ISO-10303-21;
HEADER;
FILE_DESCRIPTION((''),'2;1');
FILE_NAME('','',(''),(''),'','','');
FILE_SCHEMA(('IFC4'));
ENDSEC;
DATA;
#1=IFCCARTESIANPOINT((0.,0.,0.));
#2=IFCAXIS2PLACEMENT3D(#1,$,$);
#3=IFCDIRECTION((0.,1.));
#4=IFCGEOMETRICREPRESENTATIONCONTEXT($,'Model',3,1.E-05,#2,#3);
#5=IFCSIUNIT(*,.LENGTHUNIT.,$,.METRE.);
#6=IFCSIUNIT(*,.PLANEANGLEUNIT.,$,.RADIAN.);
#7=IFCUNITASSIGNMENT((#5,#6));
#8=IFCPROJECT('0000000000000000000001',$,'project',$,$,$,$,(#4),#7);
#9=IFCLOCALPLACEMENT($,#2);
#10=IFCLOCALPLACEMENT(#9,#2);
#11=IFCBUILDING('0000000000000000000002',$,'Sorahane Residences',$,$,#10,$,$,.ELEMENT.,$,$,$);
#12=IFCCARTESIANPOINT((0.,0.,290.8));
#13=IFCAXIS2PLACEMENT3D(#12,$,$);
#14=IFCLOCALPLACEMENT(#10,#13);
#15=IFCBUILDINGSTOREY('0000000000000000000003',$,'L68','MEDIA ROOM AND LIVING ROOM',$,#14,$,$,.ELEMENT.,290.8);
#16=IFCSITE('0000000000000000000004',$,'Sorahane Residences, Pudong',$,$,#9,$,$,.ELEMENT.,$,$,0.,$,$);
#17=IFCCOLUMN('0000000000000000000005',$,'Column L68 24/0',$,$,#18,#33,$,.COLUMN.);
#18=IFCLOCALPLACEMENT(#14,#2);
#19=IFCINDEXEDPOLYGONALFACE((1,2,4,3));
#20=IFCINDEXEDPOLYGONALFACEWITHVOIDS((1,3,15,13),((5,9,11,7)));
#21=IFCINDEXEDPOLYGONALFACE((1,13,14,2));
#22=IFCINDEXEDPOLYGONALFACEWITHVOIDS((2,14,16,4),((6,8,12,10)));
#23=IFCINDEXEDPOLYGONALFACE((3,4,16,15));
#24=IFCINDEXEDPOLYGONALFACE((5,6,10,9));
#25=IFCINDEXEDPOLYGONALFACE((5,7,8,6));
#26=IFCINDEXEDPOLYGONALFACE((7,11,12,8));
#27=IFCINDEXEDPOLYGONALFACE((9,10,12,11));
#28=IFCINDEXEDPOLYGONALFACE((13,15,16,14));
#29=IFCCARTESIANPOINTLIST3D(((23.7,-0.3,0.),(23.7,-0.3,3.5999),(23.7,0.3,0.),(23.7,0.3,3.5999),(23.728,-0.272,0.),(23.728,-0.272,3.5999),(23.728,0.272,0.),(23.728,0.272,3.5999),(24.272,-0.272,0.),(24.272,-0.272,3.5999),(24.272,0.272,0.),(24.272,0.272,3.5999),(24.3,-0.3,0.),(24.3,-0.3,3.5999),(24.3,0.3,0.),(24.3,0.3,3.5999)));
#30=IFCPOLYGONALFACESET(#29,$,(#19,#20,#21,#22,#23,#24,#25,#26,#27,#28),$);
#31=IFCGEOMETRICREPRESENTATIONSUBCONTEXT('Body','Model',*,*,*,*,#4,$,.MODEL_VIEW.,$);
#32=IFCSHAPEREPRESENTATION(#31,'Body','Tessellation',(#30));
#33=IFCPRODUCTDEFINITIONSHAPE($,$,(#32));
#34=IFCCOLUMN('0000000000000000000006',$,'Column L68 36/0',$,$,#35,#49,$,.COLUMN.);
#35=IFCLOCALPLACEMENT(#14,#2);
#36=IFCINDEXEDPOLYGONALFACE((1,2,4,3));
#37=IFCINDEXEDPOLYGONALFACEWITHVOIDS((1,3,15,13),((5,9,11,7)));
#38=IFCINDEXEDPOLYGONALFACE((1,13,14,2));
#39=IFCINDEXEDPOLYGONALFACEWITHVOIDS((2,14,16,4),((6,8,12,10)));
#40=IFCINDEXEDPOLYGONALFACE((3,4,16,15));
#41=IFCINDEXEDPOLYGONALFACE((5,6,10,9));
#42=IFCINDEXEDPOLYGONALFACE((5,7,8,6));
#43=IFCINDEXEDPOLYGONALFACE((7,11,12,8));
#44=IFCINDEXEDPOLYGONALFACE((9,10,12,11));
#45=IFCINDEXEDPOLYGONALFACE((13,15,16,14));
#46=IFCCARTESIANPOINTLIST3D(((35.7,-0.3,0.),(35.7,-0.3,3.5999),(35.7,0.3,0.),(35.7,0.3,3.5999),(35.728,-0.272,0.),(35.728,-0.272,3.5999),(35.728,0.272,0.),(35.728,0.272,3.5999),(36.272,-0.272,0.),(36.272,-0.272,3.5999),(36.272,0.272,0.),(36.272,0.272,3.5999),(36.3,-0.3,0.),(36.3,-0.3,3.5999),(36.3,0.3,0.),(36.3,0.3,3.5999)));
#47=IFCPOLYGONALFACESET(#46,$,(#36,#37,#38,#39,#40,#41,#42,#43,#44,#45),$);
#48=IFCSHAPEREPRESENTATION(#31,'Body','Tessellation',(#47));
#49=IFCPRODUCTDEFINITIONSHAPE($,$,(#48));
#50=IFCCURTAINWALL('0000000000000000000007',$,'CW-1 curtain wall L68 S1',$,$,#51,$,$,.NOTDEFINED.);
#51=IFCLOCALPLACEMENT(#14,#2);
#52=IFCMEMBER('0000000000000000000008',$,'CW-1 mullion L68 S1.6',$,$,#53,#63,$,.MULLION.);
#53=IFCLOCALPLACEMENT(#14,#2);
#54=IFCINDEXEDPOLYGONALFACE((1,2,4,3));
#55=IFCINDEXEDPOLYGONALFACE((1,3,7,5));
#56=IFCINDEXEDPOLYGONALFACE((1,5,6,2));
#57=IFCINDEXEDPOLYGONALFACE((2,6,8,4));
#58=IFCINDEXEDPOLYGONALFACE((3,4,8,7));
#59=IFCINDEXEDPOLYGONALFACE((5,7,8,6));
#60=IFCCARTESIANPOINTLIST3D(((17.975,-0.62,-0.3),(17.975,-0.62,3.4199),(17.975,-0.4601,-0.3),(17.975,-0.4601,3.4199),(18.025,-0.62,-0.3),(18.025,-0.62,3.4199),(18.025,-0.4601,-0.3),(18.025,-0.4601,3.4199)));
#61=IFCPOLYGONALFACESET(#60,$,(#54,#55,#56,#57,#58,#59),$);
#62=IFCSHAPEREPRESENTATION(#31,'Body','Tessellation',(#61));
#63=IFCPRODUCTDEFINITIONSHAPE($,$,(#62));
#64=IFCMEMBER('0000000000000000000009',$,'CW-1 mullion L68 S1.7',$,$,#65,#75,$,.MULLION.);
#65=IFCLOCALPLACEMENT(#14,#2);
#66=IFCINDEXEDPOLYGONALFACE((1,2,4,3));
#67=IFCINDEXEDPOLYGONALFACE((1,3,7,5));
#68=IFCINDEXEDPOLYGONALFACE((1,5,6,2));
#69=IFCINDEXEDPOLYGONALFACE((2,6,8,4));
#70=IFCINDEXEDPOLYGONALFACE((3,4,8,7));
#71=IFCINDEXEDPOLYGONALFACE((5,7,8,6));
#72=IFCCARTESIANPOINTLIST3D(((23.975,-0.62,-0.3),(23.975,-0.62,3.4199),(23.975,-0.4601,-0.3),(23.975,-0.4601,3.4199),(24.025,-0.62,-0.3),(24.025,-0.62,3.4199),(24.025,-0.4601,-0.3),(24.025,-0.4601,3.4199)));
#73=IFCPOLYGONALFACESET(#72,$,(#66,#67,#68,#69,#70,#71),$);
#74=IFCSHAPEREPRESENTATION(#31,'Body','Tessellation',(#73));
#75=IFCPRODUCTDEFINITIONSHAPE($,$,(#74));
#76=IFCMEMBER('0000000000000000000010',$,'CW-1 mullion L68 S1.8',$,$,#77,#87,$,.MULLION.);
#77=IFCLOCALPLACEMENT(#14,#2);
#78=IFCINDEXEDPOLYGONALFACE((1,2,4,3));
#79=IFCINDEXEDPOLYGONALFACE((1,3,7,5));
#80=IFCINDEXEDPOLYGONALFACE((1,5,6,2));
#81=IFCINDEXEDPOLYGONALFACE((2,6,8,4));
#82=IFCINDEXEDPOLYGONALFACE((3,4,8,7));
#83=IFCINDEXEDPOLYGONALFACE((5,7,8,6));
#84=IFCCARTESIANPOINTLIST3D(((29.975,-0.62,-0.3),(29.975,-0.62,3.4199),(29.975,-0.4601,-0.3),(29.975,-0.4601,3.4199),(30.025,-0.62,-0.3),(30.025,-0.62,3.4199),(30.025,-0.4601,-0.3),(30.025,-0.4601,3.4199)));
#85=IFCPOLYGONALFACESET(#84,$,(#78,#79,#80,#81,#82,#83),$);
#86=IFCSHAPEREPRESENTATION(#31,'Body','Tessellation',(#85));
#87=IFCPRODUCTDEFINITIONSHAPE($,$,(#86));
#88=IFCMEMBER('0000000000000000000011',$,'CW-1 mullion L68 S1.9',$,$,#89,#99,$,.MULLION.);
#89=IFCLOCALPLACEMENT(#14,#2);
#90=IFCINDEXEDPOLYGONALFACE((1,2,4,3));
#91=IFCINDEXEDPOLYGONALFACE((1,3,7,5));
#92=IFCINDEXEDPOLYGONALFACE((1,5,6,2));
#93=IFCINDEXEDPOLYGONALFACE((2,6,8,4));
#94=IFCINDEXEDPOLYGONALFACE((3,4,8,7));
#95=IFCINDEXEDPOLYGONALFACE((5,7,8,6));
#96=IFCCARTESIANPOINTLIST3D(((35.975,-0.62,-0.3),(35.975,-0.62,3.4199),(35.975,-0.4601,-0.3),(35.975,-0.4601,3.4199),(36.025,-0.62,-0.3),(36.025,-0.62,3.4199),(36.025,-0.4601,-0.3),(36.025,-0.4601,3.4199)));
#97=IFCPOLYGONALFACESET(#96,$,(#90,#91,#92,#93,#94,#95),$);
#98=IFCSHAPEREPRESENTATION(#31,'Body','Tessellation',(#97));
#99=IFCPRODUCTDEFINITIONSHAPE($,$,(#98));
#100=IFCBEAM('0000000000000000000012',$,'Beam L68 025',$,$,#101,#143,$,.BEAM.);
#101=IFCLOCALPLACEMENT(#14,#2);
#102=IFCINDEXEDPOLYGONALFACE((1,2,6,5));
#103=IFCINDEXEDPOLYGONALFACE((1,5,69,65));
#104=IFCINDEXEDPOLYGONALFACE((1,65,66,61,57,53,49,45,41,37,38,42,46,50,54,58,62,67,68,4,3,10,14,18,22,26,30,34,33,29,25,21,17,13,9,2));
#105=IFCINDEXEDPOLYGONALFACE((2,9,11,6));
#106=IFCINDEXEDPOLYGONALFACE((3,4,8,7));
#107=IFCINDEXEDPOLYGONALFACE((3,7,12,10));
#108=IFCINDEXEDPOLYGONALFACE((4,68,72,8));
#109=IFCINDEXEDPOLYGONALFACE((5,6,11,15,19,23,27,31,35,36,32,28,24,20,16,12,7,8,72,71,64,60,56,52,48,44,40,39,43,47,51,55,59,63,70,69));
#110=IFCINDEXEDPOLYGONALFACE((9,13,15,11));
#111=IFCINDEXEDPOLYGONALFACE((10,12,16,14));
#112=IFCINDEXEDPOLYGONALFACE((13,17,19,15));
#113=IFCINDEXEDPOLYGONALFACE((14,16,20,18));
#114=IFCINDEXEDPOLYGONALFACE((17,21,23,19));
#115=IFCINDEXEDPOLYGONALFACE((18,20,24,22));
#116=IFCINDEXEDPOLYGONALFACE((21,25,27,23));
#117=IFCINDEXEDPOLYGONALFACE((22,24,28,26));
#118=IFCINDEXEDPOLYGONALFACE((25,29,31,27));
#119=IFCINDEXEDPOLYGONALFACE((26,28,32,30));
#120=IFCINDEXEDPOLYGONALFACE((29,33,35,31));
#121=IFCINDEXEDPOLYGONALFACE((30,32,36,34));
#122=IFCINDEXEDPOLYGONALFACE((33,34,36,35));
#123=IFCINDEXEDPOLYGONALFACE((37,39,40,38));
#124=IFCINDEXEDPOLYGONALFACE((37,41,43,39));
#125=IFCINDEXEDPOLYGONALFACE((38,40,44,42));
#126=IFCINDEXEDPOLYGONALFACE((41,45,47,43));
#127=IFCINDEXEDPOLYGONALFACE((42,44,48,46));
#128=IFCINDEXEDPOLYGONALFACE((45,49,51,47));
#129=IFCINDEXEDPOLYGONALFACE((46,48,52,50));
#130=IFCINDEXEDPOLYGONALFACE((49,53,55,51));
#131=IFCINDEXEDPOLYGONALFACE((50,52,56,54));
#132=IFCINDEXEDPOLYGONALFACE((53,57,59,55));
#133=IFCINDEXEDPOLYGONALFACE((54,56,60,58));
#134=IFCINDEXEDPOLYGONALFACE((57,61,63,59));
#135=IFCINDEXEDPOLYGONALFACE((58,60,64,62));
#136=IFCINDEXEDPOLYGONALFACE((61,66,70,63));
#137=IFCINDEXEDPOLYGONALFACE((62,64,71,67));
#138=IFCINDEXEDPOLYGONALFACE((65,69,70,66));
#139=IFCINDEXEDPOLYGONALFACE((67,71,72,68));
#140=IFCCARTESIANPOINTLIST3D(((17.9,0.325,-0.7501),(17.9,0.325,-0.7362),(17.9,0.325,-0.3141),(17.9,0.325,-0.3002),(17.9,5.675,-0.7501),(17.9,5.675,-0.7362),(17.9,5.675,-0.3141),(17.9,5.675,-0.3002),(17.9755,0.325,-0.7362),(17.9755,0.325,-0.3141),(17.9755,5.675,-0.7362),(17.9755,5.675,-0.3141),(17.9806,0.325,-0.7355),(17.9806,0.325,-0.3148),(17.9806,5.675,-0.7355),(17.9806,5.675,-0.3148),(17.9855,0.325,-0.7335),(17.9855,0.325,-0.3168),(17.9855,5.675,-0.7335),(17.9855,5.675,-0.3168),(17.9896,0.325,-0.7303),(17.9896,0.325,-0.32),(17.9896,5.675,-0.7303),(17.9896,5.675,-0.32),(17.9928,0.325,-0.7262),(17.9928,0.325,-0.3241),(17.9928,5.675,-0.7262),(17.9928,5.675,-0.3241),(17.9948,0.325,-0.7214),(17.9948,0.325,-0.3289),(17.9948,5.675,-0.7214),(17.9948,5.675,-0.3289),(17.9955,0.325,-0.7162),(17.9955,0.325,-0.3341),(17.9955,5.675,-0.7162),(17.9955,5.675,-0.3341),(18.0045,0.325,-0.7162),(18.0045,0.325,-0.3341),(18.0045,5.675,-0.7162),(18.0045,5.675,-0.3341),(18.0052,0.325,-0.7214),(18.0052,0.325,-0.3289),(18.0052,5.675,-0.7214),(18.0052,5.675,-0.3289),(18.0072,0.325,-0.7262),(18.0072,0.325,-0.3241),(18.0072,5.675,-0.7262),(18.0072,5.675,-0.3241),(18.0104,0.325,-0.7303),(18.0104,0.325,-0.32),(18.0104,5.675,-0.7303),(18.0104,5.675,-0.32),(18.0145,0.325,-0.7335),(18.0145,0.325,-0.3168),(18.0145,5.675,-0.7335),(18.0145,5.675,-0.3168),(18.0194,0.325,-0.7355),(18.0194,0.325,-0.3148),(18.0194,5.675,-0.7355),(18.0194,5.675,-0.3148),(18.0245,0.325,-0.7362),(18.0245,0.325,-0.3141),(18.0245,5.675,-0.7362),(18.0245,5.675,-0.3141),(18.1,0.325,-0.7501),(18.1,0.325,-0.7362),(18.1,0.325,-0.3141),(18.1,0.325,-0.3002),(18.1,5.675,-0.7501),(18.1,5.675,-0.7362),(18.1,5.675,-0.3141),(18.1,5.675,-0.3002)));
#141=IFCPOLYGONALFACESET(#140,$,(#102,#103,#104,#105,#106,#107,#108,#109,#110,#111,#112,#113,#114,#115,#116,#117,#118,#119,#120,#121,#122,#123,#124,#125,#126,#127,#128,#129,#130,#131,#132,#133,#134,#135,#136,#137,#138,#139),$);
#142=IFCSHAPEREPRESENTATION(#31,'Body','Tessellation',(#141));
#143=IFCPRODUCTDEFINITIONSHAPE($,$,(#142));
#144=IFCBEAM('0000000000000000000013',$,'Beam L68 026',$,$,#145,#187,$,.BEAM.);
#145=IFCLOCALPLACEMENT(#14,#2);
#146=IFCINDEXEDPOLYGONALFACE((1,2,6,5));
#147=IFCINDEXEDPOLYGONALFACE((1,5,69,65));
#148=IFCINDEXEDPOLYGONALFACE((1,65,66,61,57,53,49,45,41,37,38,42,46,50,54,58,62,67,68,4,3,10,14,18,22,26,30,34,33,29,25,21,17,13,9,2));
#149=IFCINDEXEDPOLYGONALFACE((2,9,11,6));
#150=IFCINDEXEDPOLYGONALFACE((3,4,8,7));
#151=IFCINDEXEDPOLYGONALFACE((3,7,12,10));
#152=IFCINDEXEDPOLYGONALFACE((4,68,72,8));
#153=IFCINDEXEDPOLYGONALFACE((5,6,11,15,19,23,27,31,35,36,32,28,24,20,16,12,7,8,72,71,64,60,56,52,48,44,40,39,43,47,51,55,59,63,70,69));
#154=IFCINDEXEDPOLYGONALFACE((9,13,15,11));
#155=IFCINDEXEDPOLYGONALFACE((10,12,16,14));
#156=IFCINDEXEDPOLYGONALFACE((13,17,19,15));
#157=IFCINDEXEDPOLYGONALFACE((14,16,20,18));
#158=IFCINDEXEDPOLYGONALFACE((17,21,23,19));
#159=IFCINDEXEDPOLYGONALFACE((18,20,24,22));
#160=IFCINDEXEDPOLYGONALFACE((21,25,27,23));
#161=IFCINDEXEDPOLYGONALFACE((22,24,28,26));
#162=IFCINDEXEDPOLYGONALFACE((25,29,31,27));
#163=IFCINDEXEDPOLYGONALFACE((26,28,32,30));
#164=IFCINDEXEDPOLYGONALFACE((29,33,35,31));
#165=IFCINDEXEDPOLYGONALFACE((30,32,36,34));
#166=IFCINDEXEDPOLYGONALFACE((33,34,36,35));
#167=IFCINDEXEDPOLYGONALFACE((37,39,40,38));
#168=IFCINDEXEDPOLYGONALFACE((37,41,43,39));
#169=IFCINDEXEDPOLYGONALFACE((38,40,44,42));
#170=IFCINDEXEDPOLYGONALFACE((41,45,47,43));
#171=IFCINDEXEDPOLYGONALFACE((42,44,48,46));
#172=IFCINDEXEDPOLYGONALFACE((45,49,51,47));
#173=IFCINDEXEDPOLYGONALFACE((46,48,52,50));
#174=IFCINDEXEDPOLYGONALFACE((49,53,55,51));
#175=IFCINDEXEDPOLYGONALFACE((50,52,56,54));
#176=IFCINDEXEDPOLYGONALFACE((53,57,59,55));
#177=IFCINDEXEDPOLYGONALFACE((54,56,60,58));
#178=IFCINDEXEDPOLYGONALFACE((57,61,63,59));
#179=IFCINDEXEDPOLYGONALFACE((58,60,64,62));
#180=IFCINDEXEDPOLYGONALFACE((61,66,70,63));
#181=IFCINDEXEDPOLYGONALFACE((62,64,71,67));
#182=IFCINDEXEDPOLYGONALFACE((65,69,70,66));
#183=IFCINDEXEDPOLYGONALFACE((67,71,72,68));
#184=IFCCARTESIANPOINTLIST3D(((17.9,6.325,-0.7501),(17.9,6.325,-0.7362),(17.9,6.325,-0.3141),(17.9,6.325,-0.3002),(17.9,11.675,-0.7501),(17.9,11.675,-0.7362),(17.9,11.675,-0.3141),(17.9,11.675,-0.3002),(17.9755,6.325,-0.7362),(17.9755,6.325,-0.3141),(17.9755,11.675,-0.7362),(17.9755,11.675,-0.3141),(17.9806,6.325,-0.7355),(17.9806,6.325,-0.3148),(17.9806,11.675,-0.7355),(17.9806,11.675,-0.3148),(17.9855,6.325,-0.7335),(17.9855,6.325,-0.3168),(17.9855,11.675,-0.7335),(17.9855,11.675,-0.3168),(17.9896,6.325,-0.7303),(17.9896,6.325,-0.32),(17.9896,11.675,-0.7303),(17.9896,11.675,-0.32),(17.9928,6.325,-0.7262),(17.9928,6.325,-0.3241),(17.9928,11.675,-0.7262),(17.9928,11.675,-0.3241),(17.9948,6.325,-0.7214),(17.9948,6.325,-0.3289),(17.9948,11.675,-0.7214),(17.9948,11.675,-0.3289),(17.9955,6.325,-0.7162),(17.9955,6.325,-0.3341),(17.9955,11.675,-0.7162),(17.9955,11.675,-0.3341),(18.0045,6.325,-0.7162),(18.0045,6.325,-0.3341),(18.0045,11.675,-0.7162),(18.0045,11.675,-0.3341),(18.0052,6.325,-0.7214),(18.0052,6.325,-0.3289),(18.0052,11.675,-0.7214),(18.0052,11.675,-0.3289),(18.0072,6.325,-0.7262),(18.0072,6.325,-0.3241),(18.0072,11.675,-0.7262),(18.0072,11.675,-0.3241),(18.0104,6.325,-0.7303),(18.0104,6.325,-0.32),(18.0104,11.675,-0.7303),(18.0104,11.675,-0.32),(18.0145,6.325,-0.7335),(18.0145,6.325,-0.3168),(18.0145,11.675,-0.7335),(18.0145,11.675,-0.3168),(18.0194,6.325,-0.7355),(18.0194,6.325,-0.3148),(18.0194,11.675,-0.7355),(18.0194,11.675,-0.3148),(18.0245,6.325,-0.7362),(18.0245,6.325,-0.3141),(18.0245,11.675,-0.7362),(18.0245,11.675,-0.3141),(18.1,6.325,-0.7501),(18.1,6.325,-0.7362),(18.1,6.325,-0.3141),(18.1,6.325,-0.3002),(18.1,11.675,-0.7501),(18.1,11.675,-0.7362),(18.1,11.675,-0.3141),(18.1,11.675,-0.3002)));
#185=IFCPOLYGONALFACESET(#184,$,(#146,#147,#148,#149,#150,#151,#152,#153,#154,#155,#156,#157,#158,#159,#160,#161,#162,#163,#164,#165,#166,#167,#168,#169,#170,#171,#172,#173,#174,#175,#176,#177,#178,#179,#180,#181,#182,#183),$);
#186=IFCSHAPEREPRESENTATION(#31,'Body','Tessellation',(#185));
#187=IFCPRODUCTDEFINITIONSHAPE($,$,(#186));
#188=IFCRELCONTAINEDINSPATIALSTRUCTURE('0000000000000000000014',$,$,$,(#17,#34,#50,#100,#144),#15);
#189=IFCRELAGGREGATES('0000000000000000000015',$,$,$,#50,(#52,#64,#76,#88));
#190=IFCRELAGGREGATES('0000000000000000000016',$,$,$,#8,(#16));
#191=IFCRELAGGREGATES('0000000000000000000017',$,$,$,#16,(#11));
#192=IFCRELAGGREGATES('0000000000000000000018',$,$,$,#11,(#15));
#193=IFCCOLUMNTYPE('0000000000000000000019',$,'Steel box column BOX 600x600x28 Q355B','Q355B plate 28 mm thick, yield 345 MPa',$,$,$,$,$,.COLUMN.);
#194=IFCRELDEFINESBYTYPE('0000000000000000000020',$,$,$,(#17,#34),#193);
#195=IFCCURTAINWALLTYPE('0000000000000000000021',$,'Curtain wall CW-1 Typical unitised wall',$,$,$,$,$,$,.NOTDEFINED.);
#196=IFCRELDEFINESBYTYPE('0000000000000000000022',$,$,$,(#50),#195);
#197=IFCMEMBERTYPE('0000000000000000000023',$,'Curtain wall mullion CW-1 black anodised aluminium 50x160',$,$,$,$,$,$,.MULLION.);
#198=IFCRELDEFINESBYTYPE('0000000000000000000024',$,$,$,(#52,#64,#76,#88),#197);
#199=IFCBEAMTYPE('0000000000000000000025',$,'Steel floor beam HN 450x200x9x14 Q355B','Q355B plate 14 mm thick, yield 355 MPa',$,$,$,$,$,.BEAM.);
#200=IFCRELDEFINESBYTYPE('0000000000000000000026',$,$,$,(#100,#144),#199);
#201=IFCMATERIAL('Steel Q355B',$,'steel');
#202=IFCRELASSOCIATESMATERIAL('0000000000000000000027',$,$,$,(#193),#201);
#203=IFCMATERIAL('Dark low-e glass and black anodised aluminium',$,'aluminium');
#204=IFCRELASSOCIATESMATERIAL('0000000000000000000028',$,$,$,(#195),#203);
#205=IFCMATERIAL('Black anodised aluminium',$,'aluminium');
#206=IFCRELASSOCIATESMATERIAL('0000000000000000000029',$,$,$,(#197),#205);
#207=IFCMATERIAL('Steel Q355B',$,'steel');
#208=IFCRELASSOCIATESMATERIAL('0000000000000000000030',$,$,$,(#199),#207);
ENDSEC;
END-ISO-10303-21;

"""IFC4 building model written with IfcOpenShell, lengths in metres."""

from ifc_helpers import new_model, si_unit, direction, frame, origin, origin_2d, place, context, subcontext, project, spatial, rectangle, hollow_rectangle, i_section, extrude, material, material_profile, profile_set, type_object, element, aggregate, save


model = new_model("IFC4")

# Units and contexts
model_context = context("Model", 3, precision=1e-05, world=origin(), true_north=direction((0.0, 1.0)))
body_context = subcontext(model_context, "Body", "Model", "MODEL_VIEW")
ifc_project = project(units=[si_unit("LENGTHUNIT", "METRE"), si_unit("PLANEANGLEUNIT", "RADIAN")], contexts=[model_context])

# Site, building, storey
site_placement = place(None, origin())
site = spatial("IfcSite", under=ifc_project, at=site_placement, Name="Sorahane Residences, Pudong", CompositionType="ELEMENT", RefElevation=0.0)
building_placement = place(site_placement, origin())
building = spatial("IfcBuilding", under=site, at=building_placement, Name="Sorahane Residences", CompositionType="ELEMENT")
storey_placement = place(building_placement, frame((0.0, 0.0, 290.8)))
storey = spatial("IfcBuildingStorey", under=building, at=storey_placement, Name="L68", Description="MEDIA ROOM AND LIVING ROOM", CompositionType="ELEMENT", Elevation=290.8)

# Columns
ifc_material_1 = material(Name="Steel Q355B", Category="steel")
ifc_material_profile_1 = material_profile(ifc_material_1, hollow_rectangle(XDim=0.6001, YDim=0.6001, WallThickness=0.0281, at=origin_2d()), Name="BOX 600x600x28")
ifc_profile_set_1 = profile_set([ifc_material_profile_1], Name="Steel Q355B")
column_type = type_object("IfcColumnType", Name="Steel box column BOX 600x600x28 Q355B", Description="Q355B plate 28 mm thick, yield 345 MPa", PredefinedType="COLUMN", material=ifc_profile_set_1)
for number, where, z_axis, x_axis, name in (
    (1, (24.0, 0.0, 0.0), (0.0, 0.0, 1.0), (1.0, 0.0, 0.0), "Column L68 24/0"),
    (2, (36.0, 0.0, 0.0), (0.0, 0.0, 1.0), (1.0, 0.0, 0.0), "Column L68 36/0"),
):
    element("IfcColumn", number, at=place(storey_placement, frame(where, z_axis=z_axis, x_axis=x_axis)), inside=storey, type_object=column_type, Name=name, PredefinedType="COLUMN", context=body_context, shape_type="SweptSolid", body=[
        extrude(hollow_rectangle(XDim=0.6001, YDim=0.6001, WallThickness=0.0281, at=origin_2d()), origin(), (0.0, 0.0, 1.0), 3.5999),
    ])

# Curtain wall, members
ifc_material_2 = material(Name="Dark low-e glass and black anodised aluminium", Category="aluminium")
curtain_wall_type = type_object("IfcCurtainWallType", Name="Curtain wall CW-1 Typical unitised wall", PredefinedType="NOTDEFINED", material=ifc_material_2)
curtain_wall_placement = place(storey_placement, origin())
curtain_wall = element("IfcCurtainWall", 3, at=curtain_wall_placement, inside=storey, type_object=curtain_wall_type, Name="CW-1 curtain wall L68 S1", PredefinedType="NOTDEFINED")
ifc_material_3 = material(Name="Black anodised aluminium", Category="aluminium")
ifc_material_profile_2 = material_profile(ifc_material_3, rectangle(XDim=0.1599, YDim=0.05, at=origin_2d()), Name="Curtain wall mullion CW-1 black anodised aluminium 50x160")
ifc_profile_set_2 = profile_set([ifc_material_profile_2], Name="Black anodised aluminium")
member_type = type_object("IfcMemberType", Name="Curtain wall mullion CW-1 black anodised aluminium 50x160", PredefinedType="MULLION", material=ifc_profile_set_2)
member_1_placement = place(storey_placement, frame((18.0, -0.54, -0.3), z_axis=(0.0, 0.0, 1.0), x_axis=(0.0, -1.0, 0.0)))
member_1 = element("IfcMember", 4, at=member_1_placement, type_object=member_type, Name="CW-1 mullion L68 S1.6", PredefinedType="MULLION", context=body_context, shape_type="SweptSolid", body=[
    extrude(rectangle(XDim=0.1599, YDim=0.05, at=origin_2d()), origin(), (0.0, 0.0, 1.0), 3.72),
])
member_2_placement = place(storey_placement, frame((24.0, -0.54, -0.3), z_axis=(0.0, 0.0, 1.0), x_axis=(0.0, -1.0, 0.0)))
member_2 = element("IfcMember", 5, at=member_2_placement, type_object=member_type, Name="CW-1 mullion L68 S1.7", PredefinedType="MULLION", context=body_context, shape_type="SweptSolid", body=[
    extrude(rectangle(XDim=0.1599, YDim=0.05, at=origin_2d()), origin(), (0.0, 0.0, 1.0), 3.72),
])
member_3_placement = place(storey_placement, frame((30.0, -0.54, -0.3), z_axis=(0.0, 0.0, 1.0), x_axis=(0.0, -1.0, 0.0)))
member_3 = element("IfcMember", 6, at=member_3_placement, type_object=member_type, Name="CW-1 mullion L68 S1.8", PredefinedType="MULLION", context=body_context, shape_type="SweptSolid", body=[
    extrude(rectangle(XDim=0.1599, YDim=0.05, at=origin_2d()), origin(), (0.0, 0.0, 1.0), 3.72),
])
member_4_placement = place(storey_placement, frame((36.0, -0.54, -0.3), z_axis=(0.0, 0.0, 1.0), x_axis=(0.0, -1.0, 0.0)))
member_4 = element("IfcMember", 7, at=member_4_placement, type_object=member_type, Name="CW-1 mullion L68 S1.9", PredefinedType="MULLION", context=body_context, shape_type="SweptSolid", body=[
    extrude(rectangle(XDim=0.1599, YDim=0.05, at=origin_2d()), origin(), (0.0, 0.0, 1.0), 3.72),
])

# Beams
ifc_material_4 = material(Name="Steel Q355B", Category="steel")
ifc_material_profile_3 = material_profile(ifc_material_4, i_section(OverallWidth=0.2, OverallDepth=0.45, WebThickness=0.009, FlangeThickness=0.0139, FilletRadius=0.02, at=origin_2d()), Name="HN 450x200x9x14")
ifc_profile_set_3 = profile_set([ifc_material_profile_3], Name="Steel Q355B")
beam_type = type_object("IfcBeamType", Name="Steel floor beam HN 450x200x9x14 Q355B", Description="Q355B plate 14 mm thick, yield 355 MPa", PredefinedType="BEAM", material=ifc_profile_set_3)
for number, where, z_axis, x_axis, name in (
    (8, (18.0, 0.325, -0.5251), (0.0, 1.0, 0.0), (-1.0, 0.0, 0.0), "Beam L68 025"),
    (9, (18.0, 6.325, -0.5251), (0.0, 1.0, 0.0), (-1.0, 0.0, 0.0), "Beam L68 026"),
):
    element("IfcBeam", number, at=place(storey_placement, frame(where, z_axis=z_axis, x_axis=x_axis)), inside=storey, type_object=beam_type, Name=name, PredefinedType="BEAM", context=body_context, shape_type="SweptSolid", body=[
        extrude(i_section(OverallWidth=0.2, OverallDepth=0.45, WebThickness=0.009, FlangeThickness=0.0139, FilletRadius=0.02, at=origin_2d()), origin(), (0.0, 0.0, 1.0), 5.3501),
    ])

aggregate(curtain_wall, [member_1, member_2, member_3, member_4])

save(model, "model.ifc")
